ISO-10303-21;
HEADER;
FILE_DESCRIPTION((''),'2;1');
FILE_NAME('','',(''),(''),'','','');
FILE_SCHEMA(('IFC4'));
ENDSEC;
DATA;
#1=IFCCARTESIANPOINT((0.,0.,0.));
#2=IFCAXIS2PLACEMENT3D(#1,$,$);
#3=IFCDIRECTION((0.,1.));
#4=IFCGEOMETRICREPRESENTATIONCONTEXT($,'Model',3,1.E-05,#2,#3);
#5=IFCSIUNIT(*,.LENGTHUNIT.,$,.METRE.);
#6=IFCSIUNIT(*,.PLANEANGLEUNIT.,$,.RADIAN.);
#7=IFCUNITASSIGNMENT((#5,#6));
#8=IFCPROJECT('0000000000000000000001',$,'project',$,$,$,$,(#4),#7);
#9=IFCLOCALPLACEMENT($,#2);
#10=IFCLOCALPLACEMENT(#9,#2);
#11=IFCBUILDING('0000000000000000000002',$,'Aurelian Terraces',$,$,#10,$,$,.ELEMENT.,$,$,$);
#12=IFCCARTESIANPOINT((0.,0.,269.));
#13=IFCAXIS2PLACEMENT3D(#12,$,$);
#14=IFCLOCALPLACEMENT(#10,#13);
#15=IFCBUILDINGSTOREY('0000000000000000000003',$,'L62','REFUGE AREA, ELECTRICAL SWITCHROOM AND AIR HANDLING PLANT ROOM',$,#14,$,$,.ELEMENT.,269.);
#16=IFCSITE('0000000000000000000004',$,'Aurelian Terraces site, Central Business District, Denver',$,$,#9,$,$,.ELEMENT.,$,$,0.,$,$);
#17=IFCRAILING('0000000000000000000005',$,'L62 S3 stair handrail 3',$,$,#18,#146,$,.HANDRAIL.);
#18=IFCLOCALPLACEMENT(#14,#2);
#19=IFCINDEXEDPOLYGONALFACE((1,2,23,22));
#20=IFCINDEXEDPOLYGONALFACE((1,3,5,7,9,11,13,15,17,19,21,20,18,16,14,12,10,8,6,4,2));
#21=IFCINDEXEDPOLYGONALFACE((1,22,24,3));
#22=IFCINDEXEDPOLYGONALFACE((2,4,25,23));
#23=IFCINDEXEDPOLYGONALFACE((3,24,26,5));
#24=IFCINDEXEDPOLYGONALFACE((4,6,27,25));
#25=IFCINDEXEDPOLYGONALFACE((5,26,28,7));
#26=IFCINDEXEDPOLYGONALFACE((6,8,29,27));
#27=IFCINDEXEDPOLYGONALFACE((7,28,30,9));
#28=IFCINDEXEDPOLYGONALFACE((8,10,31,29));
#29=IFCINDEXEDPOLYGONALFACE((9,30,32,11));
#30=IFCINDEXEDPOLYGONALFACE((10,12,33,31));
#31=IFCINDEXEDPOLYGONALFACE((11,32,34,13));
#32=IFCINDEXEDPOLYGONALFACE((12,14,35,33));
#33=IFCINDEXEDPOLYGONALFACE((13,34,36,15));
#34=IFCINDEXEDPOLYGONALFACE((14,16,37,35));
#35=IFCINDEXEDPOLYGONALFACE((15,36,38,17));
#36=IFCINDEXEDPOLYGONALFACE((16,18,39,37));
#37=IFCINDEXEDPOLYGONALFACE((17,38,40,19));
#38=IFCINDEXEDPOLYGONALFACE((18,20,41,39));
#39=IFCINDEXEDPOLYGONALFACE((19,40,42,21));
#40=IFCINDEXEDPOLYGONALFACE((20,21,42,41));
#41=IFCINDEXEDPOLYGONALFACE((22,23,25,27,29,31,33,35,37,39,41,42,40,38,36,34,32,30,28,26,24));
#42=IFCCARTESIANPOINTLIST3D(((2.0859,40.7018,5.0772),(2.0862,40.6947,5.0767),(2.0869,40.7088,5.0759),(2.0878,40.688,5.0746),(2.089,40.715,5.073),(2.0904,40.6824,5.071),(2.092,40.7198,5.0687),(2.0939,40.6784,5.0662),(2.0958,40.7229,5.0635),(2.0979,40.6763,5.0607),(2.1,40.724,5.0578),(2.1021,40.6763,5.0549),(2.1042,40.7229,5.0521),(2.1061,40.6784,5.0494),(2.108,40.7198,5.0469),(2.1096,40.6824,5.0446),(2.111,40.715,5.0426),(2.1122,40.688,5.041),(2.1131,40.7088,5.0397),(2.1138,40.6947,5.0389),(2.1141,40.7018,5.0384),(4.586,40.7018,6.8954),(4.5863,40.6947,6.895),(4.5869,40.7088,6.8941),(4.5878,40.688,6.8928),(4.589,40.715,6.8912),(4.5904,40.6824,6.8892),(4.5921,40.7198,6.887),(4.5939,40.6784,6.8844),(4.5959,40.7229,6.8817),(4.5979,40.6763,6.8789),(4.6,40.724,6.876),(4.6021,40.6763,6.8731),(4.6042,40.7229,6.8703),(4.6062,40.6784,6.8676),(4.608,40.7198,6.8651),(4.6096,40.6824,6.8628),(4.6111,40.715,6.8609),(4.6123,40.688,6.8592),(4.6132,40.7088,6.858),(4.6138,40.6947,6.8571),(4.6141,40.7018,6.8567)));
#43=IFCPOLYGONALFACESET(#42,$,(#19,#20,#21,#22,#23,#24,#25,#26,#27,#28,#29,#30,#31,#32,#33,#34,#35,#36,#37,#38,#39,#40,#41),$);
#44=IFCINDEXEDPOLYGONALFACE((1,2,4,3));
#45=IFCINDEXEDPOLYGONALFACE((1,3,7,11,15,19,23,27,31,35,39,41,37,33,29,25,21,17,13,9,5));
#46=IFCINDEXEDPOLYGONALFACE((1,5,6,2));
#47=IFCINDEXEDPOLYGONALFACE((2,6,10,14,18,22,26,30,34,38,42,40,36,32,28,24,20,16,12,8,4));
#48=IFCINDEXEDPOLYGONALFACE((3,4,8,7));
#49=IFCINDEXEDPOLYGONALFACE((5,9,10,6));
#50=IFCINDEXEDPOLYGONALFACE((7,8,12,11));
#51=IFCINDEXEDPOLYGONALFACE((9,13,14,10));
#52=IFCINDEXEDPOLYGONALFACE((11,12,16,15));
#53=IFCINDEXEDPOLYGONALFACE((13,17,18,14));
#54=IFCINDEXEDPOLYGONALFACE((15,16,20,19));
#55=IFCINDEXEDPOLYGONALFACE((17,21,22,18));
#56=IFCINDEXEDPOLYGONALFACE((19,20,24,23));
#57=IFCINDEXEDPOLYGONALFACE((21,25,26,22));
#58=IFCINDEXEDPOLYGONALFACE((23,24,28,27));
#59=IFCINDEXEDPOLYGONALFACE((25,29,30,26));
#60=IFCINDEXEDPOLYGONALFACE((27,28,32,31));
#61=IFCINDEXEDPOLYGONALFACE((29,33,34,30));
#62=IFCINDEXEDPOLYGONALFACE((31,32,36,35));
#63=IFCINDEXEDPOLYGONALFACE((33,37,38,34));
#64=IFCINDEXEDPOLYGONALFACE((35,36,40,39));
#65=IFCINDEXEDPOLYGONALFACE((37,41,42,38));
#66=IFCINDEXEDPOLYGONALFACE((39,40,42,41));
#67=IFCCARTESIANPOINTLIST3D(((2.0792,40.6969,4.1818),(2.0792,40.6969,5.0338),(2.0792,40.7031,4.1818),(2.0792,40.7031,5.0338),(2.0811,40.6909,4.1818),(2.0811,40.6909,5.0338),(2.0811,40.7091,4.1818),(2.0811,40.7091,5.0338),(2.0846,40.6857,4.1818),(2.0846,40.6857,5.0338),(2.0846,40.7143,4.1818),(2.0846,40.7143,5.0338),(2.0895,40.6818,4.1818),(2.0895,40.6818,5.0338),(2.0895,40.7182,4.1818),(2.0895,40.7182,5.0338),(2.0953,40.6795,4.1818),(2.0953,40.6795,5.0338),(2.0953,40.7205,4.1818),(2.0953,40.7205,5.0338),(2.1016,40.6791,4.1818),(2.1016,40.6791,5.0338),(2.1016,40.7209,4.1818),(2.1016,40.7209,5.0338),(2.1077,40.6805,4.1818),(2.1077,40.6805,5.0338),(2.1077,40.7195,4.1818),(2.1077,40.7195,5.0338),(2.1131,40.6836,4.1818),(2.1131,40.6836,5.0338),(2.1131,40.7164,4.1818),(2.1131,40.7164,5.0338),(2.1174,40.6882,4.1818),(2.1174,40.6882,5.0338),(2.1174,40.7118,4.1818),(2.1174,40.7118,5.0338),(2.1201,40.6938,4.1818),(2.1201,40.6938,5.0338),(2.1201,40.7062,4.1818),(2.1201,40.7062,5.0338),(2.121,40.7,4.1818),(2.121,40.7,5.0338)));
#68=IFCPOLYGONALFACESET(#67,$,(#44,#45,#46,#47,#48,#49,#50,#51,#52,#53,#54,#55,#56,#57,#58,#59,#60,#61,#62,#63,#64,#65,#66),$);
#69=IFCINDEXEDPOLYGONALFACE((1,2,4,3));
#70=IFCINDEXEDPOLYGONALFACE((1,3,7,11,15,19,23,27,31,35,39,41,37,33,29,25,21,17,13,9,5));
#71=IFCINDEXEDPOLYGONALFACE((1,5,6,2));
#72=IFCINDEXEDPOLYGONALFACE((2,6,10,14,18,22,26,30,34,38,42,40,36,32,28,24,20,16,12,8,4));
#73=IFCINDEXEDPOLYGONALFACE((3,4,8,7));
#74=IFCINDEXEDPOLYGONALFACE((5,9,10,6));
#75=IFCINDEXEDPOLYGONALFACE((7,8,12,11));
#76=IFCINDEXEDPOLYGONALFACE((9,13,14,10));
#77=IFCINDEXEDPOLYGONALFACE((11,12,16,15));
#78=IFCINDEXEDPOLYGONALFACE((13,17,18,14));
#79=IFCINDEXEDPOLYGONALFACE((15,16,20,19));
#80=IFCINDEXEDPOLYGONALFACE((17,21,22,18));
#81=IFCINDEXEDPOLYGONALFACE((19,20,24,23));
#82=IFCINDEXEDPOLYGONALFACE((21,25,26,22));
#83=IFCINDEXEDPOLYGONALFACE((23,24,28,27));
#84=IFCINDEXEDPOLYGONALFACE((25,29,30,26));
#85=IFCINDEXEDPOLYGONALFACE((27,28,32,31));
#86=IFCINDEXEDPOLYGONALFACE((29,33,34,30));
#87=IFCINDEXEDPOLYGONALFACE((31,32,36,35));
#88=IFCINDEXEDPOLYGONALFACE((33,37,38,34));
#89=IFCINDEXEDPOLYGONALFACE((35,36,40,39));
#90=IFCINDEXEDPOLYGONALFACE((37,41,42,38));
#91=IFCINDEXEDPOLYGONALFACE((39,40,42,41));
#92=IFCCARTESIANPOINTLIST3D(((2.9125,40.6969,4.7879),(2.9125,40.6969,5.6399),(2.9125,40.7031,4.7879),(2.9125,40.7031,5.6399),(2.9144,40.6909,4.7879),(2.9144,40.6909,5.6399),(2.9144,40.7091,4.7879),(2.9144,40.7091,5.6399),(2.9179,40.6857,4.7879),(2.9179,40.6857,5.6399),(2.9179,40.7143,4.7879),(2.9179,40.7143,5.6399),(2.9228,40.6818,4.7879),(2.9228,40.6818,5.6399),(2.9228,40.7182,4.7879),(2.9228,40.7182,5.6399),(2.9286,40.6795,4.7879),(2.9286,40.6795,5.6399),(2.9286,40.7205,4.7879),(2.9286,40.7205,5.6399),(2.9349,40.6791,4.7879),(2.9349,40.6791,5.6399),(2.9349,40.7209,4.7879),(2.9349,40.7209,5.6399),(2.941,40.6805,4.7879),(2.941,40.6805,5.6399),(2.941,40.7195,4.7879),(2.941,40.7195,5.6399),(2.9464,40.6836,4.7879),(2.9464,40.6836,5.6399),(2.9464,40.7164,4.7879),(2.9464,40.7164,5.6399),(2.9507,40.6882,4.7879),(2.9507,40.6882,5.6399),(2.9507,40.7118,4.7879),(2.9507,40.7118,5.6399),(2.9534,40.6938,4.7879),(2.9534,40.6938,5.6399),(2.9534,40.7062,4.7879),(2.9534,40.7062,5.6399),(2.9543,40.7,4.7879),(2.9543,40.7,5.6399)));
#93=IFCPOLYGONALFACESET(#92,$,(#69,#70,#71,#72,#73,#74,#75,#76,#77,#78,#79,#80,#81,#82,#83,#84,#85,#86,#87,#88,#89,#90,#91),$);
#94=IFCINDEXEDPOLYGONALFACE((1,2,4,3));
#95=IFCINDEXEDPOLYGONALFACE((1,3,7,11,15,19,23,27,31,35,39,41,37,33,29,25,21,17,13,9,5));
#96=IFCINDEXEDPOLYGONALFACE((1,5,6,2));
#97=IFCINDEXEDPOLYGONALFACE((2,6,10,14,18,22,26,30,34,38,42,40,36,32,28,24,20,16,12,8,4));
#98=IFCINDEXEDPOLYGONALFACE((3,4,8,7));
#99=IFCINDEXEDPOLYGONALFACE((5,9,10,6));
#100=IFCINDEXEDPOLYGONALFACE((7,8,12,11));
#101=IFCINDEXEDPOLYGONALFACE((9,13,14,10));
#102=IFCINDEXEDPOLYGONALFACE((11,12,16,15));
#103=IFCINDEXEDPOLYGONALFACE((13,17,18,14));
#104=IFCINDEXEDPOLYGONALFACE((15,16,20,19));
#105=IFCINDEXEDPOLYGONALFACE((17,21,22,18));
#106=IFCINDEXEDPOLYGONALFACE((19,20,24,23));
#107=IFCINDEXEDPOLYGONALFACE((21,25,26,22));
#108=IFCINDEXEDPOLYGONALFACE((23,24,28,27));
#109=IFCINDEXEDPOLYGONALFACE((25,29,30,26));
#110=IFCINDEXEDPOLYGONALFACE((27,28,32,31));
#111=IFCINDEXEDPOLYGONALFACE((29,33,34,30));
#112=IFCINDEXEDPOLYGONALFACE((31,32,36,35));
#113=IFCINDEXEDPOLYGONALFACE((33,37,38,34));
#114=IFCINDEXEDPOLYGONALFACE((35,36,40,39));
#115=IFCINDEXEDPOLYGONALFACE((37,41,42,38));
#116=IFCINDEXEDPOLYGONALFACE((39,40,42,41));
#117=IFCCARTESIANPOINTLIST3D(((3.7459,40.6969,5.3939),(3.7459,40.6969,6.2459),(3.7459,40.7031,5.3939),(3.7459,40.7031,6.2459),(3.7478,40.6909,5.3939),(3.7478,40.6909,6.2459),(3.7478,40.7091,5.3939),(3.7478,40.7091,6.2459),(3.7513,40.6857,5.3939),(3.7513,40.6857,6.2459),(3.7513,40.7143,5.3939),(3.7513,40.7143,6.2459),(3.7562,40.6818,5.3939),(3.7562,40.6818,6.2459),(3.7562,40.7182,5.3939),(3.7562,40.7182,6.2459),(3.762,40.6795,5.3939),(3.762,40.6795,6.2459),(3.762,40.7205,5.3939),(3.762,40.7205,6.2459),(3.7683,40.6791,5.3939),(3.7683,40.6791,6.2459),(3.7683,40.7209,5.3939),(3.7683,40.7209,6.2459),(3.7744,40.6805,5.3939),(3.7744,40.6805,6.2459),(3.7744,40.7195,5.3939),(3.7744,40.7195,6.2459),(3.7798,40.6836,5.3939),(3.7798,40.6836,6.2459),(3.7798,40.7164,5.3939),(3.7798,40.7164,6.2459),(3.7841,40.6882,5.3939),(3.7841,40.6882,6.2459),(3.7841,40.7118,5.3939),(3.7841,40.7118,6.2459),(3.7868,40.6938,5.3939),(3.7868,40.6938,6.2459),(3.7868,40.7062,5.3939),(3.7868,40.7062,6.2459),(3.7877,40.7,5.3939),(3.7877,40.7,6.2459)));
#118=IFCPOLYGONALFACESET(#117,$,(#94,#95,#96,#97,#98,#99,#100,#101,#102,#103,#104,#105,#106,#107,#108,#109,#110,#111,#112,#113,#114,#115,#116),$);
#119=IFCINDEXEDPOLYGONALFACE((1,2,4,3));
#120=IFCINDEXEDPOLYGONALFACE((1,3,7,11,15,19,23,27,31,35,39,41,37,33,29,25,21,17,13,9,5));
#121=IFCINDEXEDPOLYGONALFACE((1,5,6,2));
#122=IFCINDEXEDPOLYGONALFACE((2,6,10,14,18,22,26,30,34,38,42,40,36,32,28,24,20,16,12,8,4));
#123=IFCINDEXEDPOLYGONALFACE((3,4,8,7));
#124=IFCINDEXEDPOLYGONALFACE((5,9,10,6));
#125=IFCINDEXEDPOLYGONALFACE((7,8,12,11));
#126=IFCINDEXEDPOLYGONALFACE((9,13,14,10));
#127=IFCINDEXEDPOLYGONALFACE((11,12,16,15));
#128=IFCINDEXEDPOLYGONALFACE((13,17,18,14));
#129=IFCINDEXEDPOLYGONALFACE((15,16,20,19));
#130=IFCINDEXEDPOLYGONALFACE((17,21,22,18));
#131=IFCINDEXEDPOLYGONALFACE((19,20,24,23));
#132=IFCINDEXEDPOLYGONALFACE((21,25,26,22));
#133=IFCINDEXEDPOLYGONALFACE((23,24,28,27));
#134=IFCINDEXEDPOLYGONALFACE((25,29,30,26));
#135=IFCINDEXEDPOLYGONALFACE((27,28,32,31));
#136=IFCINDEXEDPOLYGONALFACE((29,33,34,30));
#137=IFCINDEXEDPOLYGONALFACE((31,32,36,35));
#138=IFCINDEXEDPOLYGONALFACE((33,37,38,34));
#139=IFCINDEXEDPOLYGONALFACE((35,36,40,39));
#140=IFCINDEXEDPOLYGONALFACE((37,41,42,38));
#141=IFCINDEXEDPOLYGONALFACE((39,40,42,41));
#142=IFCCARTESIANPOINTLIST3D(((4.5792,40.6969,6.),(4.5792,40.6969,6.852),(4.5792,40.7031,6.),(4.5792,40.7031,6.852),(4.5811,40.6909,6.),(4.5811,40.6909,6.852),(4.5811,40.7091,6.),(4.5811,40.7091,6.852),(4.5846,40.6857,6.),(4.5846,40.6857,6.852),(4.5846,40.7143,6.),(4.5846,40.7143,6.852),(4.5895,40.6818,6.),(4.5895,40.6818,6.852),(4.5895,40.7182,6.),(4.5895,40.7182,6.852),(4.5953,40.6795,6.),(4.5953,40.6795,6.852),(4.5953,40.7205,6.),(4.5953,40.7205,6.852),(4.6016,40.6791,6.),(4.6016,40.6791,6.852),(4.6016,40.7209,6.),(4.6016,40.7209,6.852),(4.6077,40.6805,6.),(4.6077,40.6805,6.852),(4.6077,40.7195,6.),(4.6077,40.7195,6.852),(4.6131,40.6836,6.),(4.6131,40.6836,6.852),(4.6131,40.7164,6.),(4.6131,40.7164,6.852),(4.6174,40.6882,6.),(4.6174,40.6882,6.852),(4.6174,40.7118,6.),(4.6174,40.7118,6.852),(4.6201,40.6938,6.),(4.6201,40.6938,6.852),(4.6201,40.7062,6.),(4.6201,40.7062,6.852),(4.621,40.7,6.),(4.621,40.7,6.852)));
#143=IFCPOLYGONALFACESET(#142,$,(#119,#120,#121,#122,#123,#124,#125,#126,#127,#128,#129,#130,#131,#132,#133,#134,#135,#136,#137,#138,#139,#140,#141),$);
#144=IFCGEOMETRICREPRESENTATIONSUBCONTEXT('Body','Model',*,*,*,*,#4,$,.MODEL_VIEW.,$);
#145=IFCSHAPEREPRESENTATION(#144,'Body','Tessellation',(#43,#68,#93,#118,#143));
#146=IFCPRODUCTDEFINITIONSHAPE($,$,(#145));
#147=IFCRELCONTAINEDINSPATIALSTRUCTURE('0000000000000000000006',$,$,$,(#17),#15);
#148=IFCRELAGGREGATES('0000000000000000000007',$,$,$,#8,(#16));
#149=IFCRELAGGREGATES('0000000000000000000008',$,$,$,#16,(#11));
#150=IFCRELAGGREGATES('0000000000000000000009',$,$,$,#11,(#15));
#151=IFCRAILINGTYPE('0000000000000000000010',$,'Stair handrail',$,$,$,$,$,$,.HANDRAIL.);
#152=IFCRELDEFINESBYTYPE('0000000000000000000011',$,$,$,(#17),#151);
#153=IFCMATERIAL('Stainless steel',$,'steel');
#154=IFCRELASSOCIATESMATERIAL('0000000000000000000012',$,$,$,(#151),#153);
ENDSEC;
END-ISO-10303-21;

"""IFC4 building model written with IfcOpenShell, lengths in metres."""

from ifc_helpers import new_model, si_unit, direction, frame, origin, origin_2d, place, context, subcontext, project, spatial, circle, extrude, source, transform, mapped, material, type_object, element, save


model = new_model("IFC4")

# Units and contexts
model_context = context("Model", 3, precision=1e-05, world=origin(), true_north=direction((0.0, 1.0)))
body_context = subcontext(model_context, "Body", "Model", "MODEL_VIEW")
ifc_project = project(units=[si_unit("LENGTHUNIT", "METRE"), si_unit("PLANEANGLEUNIT", "RADIAN")], contexts=[model_context])

# Site, building, storey
site_placement = place(None, origin())
site = spatial("IfcSite", under=ifc_project, at=site_placement, Name="Aurelian Terraces site, Central Business District, Denver", CompositionType="ELEMENT", RefElevation=0.0)
building_placement = place(site_placement, origin())
building = spatial("IfcBuilding", under=site, at=building_placement, Name="Aurelian Terraces", CompositionType="ELEMENT")
storey_placement = place(building_placement, frame((0.0, 0.0, 269.0)))
storey = spatial("IfcBuildingStorey", under=building, at=storey_placement, Name="L62", Description="REFUGE AREA, ELECTRICAL SWITCHROOM AND AIR HANDLING PLANT ROOM", CompositionType="ELEMENT", Elevation=269.0)

# Railing
ifc_material_1 = material(Name="Stainless steel", Category="steel")
railing_type_1 = type_object("IfcRailingType", Name="Stair handrail", PredefinedType="HANDRAIL", material=ifc_material_1)
shared_shape_1 = source(origin(), body_context, "Body", "SweptSolid", [
    extrude(circle(Radius=0.024, at=origin_2d()), frame((0.0, 0.0, 0.876), z_axis=(0.808733, 0.0, 0.588176), x_axis=(0.0, 1.0, 0.0)), (0.0, 0.0, 1.0), 3.0913),
    extrude(circle(Radius=0.021, at=origin_2d()), origin(), (0.0, 0.0, 1.0), 0.852),
    extrude(circle(Radius=0.021, at=origin_2d()), frame((0.8333, 0.0, 0.6061)), (0.0, 0.0, 1.0), 0.852),
    extrude(circle(Radius=0.021, at=origin_2d()), frame((1.6667, 0.0, 1.2121)), (0.0, 0.0, 1.0), 0.852),
    extrude(circle(Radius=0.021, at=origin_2d()), frame((2.5, 0.0, 1.8182)), (0.0, 0.0, 1.0), 0.852),
])
for number, where, name in (
    (1, (2.1, 40.7, 4.1818), "L62 S3 stair handrail 3"),
):
    element("IfcRailing", number, at=place(storey_placement, frame(where)), inside=storey, type_object=railing_type_1, Name=name, PredefinedType="HANDRAIL", context=body_context, shape_type="MappedRepresentation", body=[
        mapped(shared_shape_1, transform((0.0, 0.0, 0.0), scale=1.0)),
    ])

save(model, "model.ifc")
